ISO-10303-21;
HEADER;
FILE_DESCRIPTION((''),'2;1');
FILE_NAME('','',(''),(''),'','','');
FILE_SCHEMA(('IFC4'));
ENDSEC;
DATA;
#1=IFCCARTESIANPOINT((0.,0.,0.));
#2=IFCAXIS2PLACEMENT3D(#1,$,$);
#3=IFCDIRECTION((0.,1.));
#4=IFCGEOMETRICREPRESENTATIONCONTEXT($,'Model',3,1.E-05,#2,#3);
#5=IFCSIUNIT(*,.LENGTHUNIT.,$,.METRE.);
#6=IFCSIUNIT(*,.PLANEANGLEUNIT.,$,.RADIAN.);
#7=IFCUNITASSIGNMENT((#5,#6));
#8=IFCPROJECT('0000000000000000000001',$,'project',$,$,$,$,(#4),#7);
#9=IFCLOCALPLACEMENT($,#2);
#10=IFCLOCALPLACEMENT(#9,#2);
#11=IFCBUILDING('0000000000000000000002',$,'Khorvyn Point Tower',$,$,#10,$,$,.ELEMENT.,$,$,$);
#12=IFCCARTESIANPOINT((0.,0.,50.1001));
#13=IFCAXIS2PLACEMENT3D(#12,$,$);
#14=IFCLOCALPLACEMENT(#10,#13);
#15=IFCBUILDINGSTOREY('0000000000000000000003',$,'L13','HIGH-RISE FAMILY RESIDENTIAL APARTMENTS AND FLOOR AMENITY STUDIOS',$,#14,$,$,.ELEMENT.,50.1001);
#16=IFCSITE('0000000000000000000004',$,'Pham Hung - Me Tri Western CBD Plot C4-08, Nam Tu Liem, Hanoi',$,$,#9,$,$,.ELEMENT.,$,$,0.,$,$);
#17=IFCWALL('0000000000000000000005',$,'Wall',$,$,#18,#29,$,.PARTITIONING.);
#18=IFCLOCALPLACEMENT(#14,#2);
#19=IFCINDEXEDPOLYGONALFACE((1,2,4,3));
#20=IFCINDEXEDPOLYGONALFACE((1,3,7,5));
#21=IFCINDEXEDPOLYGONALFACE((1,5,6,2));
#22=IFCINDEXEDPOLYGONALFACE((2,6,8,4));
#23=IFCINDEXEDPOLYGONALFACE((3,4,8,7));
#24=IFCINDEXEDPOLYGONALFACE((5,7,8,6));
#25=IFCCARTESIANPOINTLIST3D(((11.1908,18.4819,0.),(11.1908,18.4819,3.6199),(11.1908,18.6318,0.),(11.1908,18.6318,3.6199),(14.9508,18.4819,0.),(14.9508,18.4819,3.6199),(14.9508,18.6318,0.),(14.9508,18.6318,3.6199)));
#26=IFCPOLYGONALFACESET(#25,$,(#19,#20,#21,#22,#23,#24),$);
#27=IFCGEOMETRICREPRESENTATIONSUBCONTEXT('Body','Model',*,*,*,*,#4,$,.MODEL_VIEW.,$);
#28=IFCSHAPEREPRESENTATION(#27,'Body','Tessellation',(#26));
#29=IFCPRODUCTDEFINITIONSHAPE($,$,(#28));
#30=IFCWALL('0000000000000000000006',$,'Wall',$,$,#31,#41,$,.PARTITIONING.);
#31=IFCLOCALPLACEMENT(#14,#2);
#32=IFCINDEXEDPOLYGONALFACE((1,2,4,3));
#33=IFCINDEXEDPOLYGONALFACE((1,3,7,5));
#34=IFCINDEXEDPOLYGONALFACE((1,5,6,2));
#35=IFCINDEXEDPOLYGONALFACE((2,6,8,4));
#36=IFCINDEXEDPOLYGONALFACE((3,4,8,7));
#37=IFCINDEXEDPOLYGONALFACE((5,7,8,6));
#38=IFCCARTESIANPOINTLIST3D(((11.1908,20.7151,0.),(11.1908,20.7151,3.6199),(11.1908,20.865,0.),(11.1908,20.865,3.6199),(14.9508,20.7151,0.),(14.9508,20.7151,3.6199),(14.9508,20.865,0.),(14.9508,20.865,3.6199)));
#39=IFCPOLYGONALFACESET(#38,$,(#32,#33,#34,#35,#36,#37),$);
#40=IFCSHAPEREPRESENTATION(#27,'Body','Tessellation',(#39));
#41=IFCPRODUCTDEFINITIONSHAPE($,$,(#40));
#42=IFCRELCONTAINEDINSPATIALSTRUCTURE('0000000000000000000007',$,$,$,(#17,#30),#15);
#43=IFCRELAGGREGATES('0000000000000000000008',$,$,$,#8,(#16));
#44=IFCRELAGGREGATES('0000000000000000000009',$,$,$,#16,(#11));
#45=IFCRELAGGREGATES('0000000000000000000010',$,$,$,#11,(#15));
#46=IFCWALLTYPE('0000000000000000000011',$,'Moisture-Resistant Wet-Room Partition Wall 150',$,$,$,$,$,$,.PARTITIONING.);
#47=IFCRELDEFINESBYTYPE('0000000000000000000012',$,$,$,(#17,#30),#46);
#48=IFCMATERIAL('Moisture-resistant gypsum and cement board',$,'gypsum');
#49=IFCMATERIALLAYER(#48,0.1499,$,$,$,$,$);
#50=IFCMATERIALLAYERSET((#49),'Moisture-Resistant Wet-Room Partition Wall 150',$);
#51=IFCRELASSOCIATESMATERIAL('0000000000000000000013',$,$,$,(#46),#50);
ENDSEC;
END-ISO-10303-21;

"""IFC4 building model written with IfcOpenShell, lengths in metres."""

from ifc_helpers import new_model, si_unit, direction, frame, frame_2d, origin, place, context, subcontext, project, spatial, rectangle, extrude, material, layer, layer_set, type_object, element, save


model = new_model("IFC4")

# Units and contexts
model_context = context("Model", 3, precision=1e-05, world=origin(), true_north=direction((0.0, 1.0)))
body_context = subcontext(model_context, "Body", "Model", "MODEL_VIEW")
ifc_project = project(units=[si_unit("LENGTHUNIT", "METRE"), si_unit("PLANEANGLEUNIT", "RADIAN")], contexts=[model_context])

# Site, building, storey
site_placement = place(None, origin())
site = spatial("IfcSite", under=ifc_project, at=site_placement, Name="Pham Hung - Me Tri Western CBD Plot C4-08, Nam Tu Liem, Hanoi", CompositionType="ELEMENT", RefElevation=0.0)
building_placement = place(site_placement, origin())
building = spatial("IfcBuilding", under=site, at=building_placement, Name="Khorvyn Point Tower", CompositionType="ELEMENT")
storey_placement = place(building_placement, frame((0.0, 0.0, 50.1001)))
storey = spatial("IfcBuildingStorey", under=building, at=storey_placement, Name="L13", Description="HIGH-RISE FAMILY RESIDENTIAL APARTMENTS AND FLOOR AMENITY STUDIOS", CompositionType="ELEMENT", Elevation=50.1001)

# Shared definitions
ifc_material_1 = material(Name="Moisture-resistant gypsum and cement board", Category="gypsum")
ifc_layer_1 = layer(ifc_material_1, 0.1499)
ifc_layer_set_1 = layer_set([ifc_layer_1], Name="Moisture-Resistant Wet-Room Partition Wall 150")
wall_type_1 = type_object("IfcWallType", Name="Moisture-Resistant Wet-Room Partition Wall 150", PredefinedType="PARTITIONING", material=ifc_layer_set_1)

# Walls
for number, where, z_axis, x_axis, name in (
    (1, (11.1909, 18.5569, 0.0), (0.0, 0.0, 1.0), (1.0, 0.0, 0.0), "Wall"),
    (2, (11.1909, 20.79, 0.0), (0.0, 0.0, 1.0), (1.0, 0.0, 0.0), "Wall"),
):
    element("IfcWall", number, at=place(storey_placement, frame(where, z_axis=z_axis, x_axis=x_axis)), inside=storey, type_object=wall_type_1, Name=name, PredefinedType="PARTITIONING", context=body_context, shape_type="SweptSolid", body=[
        extrude(rectangle(XDim=3.76, YDim=0.1499, at=frame_2d((1.8799, 0.0))), origin(), (0.0, 0.0, 1.0), 3.6199),
    ])

save(model, "model.ifc")
